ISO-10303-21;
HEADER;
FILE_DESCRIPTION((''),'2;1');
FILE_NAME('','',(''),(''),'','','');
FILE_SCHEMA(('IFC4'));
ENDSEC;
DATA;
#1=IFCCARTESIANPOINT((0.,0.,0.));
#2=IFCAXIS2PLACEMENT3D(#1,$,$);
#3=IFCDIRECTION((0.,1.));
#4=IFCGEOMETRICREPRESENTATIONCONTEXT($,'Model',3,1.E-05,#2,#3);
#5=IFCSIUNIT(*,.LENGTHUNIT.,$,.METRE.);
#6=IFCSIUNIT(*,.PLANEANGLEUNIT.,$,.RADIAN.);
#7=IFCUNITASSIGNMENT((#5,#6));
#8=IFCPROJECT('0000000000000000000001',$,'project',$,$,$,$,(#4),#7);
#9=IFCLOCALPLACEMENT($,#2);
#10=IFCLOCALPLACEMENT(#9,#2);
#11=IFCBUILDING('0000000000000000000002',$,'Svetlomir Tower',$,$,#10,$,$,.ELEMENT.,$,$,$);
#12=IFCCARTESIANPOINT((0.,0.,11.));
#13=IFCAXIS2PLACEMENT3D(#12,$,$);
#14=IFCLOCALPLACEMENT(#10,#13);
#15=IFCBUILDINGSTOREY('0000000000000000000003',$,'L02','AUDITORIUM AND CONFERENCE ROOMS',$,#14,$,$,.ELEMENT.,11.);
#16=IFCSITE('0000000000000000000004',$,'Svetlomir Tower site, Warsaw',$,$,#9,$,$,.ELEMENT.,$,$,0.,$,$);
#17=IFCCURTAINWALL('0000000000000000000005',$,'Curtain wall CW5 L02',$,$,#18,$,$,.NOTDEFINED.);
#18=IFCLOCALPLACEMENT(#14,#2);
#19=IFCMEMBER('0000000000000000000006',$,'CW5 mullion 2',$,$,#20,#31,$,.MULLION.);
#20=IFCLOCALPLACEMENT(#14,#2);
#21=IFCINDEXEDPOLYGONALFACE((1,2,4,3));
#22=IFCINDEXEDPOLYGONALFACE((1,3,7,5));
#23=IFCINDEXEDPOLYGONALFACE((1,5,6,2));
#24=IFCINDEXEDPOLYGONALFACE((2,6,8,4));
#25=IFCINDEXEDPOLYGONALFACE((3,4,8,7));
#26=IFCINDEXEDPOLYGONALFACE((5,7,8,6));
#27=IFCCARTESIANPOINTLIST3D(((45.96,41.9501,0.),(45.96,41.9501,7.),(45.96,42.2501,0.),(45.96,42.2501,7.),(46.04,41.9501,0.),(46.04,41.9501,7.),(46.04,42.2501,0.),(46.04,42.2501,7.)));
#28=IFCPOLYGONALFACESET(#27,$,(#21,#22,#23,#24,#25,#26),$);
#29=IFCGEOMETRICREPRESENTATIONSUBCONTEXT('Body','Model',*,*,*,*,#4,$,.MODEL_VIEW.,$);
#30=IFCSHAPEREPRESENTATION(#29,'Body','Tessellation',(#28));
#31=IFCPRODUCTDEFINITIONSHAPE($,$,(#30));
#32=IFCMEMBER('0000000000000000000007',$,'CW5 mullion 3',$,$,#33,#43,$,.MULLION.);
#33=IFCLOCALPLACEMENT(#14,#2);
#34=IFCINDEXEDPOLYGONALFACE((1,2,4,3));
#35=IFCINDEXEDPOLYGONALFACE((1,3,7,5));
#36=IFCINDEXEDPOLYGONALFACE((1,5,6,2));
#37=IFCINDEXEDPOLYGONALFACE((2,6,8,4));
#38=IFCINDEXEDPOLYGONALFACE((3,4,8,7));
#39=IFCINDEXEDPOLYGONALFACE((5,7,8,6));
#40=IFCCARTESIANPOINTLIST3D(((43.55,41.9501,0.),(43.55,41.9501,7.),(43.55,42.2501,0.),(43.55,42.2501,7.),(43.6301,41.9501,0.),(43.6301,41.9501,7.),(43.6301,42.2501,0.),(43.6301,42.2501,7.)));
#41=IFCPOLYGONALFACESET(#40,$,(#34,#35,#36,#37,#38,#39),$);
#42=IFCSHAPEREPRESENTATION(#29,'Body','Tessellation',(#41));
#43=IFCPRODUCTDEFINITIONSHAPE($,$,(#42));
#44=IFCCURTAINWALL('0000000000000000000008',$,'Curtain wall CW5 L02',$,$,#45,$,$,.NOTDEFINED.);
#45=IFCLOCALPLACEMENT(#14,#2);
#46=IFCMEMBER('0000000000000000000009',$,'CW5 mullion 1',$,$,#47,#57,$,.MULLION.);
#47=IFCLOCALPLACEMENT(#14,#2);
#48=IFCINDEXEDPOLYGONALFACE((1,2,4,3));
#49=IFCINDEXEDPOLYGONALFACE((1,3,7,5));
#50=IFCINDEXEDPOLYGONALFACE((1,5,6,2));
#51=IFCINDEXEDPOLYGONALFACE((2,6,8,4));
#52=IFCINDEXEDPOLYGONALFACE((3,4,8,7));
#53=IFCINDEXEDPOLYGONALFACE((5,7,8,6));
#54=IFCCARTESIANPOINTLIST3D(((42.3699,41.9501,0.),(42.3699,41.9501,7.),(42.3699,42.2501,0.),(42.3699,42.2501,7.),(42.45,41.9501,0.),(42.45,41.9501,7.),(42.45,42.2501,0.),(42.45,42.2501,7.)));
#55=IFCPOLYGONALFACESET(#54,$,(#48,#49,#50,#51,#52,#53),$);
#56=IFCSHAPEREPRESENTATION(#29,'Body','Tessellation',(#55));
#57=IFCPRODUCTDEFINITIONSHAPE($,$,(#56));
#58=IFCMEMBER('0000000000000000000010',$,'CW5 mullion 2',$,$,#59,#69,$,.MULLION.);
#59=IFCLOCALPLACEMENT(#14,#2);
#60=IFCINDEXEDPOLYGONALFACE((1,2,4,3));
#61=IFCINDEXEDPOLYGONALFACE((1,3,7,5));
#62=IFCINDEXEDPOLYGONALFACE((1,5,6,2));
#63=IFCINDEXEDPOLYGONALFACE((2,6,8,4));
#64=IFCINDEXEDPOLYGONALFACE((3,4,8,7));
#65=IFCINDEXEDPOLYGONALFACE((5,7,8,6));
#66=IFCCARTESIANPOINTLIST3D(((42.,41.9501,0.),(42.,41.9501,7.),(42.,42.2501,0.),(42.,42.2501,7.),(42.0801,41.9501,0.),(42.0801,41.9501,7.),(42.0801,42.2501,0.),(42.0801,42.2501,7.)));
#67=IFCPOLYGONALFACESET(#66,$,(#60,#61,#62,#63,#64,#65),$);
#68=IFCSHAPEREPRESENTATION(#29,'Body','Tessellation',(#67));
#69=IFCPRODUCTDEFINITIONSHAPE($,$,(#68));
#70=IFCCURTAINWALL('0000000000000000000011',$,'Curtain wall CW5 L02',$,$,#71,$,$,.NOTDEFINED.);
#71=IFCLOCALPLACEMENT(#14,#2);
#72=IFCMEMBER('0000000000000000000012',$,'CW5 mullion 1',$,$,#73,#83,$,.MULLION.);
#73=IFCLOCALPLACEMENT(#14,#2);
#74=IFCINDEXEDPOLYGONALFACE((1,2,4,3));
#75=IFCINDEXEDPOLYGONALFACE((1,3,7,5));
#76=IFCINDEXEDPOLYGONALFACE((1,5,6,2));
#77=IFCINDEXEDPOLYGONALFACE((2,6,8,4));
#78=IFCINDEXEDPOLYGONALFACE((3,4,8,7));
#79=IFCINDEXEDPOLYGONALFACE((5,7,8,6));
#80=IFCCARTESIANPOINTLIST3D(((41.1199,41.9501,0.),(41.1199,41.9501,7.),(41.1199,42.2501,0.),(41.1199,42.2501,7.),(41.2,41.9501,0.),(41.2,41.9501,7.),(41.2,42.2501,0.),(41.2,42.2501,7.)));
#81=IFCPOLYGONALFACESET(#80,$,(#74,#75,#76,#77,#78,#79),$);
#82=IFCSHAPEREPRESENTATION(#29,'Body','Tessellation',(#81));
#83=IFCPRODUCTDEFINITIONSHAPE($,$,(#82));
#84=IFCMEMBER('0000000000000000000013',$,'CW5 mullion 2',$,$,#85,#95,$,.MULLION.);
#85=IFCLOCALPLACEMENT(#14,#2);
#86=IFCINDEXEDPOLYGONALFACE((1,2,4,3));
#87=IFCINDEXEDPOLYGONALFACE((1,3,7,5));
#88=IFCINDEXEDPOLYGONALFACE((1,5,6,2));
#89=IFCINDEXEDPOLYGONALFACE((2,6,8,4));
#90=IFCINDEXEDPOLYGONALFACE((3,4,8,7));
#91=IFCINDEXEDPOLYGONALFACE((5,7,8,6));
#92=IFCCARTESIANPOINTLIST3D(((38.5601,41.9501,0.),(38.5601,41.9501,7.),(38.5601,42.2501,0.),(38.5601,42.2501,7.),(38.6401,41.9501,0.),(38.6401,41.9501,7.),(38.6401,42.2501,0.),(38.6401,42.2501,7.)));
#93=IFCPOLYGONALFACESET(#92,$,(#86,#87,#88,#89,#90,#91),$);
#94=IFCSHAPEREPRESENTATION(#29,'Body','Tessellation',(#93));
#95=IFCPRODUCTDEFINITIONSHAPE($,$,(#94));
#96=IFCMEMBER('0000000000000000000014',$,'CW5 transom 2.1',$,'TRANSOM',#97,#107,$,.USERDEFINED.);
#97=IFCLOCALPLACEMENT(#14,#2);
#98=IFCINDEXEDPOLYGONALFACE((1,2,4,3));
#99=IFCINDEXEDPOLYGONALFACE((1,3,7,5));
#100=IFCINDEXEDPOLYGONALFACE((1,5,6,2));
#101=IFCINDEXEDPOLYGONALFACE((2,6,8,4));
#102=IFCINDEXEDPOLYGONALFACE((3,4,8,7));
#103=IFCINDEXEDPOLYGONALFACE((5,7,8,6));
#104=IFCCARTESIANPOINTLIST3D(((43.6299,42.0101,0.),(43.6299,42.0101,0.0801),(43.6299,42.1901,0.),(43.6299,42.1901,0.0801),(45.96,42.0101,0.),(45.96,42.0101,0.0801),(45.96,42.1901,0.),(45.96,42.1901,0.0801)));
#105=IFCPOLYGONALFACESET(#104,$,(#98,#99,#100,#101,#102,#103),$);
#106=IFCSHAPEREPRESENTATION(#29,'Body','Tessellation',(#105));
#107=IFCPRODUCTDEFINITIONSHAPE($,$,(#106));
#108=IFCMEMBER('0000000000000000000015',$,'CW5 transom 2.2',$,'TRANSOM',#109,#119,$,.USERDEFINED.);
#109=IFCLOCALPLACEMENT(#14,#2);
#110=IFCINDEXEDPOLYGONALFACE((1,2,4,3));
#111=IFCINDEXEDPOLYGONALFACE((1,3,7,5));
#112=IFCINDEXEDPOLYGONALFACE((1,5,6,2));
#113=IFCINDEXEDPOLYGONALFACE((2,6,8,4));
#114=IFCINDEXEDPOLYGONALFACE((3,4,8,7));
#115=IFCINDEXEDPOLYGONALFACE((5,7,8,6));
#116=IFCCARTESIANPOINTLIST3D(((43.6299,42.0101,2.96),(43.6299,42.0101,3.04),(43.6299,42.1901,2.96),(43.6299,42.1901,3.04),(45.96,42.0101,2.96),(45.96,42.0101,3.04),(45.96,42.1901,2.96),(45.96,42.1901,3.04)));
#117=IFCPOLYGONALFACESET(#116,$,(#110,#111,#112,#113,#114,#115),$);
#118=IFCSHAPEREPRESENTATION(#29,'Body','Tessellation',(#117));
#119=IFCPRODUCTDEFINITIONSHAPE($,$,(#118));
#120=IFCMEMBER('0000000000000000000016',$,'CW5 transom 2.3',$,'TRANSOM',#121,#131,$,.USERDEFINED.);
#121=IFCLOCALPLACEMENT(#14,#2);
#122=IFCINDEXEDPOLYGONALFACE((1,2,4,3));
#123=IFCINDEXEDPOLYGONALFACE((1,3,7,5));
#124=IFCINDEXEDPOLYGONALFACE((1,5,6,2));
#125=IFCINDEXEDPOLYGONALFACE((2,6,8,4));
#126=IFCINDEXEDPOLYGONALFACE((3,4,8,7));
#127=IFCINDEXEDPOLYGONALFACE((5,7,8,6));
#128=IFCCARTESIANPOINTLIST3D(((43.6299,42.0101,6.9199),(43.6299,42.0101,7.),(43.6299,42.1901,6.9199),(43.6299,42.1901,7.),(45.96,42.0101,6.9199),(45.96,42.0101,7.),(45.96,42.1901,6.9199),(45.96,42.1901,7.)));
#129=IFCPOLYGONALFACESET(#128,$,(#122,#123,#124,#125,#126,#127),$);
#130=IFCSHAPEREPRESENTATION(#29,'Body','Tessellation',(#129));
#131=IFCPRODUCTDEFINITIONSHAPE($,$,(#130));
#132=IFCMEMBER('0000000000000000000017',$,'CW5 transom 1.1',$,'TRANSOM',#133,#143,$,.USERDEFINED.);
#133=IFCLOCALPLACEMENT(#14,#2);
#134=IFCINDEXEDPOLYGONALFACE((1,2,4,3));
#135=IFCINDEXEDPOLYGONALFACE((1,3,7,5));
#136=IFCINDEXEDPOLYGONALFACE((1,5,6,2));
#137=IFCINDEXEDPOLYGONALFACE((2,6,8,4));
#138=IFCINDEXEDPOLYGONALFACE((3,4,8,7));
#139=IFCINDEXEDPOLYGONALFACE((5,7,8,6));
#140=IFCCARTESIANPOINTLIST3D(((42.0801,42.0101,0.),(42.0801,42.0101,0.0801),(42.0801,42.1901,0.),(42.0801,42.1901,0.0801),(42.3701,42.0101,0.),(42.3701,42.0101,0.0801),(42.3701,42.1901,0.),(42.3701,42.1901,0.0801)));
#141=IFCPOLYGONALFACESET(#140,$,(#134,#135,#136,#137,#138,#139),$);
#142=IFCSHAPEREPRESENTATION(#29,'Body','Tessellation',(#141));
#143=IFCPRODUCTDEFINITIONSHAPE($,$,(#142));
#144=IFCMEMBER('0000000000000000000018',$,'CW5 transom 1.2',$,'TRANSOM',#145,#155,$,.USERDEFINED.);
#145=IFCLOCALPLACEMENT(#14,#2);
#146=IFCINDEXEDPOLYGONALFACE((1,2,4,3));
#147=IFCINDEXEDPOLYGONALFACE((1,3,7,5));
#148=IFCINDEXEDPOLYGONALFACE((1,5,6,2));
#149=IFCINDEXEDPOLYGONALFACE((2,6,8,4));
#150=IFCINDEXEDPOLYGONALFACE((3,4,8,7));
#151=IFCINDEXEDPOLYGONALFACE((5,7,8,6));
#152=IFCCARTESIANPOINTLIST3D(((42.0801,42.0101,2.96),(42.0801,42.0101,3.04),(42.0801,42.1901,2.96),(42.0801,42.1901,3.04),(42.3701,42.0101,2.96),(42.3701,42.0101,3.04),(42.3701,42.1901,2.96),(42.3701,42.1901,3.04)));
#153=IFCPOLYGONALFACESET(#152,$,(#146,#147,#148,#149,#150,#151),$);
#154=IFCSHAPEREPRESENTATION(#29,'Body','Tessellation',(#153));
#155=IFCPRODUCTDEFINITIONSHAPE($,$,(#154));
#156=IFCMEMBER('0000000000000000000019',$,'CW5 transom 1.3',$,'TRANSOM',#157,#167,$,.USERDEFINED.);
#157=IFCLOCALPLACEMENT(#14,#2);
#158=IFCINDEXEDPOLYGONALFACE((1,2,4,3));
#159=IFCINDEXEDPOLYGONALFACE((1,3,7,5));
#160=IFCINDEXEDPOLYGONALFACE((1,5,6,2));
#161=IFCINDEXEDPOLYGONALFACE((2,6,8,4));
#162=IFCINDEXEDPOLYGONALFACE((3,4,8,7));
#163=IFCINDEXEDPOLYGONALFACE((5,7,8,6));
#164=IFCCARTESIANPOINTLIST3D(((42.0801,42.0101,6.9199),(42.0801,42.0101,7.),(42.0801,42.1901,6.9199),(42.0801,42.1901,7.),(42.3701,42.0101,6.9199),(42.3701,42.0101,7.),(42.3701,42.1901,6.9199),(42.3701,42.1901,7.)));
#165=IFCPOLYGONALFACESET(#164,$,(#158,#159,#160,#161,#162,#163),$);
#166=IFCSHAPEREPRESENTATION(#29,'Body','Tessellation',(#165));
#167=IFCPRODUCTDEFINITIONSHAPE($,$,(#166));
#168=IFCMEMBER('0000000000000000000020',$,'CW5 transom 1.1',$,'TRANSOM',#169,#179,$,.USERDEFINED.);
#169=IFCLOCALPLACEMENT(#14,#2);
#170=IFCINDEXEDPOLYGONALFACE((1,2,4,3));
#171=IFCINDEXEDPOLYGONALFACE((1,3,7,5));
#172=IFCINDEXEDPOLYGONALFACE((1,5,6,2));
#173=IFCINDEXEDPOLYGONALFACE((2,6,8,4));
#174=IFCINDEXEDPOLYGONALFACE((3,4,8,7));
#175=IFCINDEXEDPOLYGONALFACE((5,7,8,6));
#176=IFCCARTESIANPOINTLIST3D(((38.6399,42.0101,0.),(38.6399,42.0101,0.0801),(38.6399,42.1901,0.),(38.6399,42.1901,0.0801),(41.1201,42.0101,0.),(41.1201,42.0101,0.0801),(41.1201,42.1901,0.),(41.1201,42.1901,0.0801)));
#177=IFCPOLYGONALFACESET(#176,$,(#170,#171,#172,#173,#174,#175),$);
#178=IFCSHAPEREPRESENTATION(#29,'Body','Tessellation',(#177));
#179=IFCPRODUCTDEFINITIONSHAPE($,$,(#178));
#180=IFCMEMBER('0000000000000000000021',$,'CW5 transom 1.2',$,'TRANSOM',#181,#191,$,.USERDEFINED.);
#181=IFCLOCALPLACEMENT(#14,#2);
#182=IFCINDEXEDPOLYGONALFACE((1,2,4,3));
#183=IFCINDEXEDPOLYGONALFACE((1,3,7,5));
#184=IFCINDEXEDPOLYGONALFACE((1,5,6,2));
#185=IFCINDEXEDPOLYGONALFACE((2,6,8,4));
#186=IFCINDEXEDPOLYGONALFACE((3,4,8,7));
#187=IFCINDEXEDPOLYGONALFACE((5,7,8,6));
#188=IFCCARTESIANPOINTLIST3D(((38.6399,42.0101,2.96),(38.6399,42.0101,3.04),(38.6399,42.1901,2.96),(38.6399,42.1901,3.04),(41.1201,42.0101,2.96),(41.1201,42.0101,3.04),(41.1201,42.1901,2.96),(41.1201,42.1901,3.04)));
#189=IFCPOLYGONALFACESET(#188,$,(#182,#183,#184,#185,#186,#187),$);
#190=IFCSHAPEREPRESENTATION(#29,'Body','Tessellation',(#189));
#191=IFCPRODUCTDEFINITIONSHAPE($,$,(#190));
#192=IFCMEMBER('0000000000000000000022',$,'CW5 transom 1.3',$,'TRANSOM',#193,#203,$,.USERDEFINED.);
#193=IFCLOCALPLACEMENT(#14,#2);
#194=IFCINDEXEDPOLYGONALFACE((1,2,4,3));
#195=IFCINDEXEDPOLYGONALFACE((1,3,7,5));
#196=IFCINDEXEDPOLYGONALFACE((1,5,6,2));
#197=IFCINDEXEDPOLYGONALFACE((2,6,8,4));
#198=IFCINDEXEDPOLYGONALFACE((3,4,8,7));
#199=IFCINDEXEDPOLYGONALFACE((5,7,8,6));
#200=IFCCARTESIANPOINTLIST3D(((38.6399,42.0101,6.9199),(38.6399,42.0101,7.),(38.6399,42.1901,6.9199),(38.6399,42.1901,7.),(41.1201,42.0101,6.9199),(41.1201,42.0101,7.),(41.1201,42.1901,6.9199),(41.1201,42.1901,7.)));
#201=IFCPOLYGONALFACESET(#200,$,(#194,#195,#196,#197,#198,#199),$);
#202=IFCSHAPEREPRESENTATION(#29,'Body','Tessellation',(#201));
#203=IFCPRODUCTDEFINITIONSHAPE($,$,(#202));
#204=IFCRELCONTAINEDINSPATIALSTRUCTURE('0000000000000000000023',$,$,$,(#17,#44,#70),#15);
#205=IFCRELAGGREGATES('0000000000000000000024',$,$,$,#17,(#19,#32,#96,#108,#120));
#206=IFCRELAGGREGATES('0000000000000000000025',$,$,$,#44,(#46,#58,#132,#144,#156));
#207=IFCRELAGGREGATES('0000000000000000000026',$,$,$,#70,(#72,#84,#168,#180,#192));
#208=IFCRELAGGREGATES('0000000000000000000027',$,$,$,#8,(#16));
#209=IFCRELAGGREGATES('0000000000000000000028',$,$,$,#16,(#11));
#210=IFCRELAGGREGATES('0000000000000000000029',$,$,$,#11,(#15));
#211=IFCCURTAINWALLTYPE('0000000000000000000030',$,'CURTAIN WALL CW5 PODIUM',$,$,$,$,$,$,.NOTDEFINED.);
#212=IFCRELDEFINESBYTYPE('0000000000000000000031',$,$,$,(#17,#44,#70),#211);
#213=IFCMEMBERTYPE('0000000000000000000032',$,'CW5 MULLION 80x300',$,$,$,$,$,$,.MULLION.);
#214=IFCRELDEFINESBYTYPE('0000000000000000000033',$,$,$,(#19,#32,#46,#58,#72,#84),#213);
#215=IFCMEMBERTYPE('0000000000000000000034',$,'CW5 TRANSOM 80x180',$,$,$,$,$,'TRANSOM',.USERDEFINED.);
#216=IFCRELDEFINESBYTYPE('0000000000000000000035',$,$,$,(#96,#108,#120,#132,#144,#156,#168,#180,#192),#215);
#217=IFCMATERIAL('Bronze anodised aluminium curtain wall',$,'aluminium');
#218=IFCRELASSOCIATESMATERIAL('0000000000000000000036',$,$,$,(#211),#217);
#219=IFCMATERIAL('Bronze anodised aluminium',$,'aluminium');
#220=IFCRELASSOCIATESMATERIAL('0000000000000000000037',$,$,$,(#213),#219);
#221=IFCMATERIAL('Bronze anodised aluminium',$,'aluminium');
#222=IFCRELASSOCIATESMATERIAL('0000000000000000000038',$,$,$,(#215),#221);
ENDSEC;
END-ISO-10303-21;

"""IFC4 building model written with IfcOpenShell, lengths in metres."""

from ifc_helpers import new_model, si_unit, direction, frame, origin, origin_2d, place, context, subcontext, project, spatial, rectangle, extrude, material, material_profile, profile_set, type_object, element, aggregate, save


model = new_model("IFC4")

# Units and contexts
model_context = context("Model", 3, precision=1e-05, world=origin(), true_north=direction((0.0, 1.0)))
body_context = subcontext(model_context, "Body", "Model", "MODEL_VIEW")
ifc_project = project(units=[si_unit("LENGTHUNIT", "METRE"), si_unit("PLANEANGLEUNIT", "RADIAN")], contexts=[model_context])

# Site, building, storey
site_placement = place(None, origin())
site = spatial("IfcSite", under=ifc_project, at=site_placement, Name="Svetlomir Tower site, Warsaw", CompositionType="ELEMENT", RefElevation=0.0)
building_placement = place(site_placement, origin())
building = spatial("IfcBuilding", under=site, at=building_placement, Name="Svetlomir Tower", CompositionType="ELEMENT")
storey_placement = place(building_placement, frame((0.0, 0.0, 11.0)))
storey = spatial("IfcBuildingStorey", under=building, at=storey_placement, Name="L02", Description="AUDITORIUM AND CONFERENCE ROOMS", CompositionType="ELEMENT", Elevation=11.0)

# Curtain walls, members
ifc_material_1 = material(Name="Bronze anodised aluminium curtain wall", Category="aluminium")
curtain_wall_type = type_object("IfcCurtainWallType", Name="CURTAIN WALL CW5 PODIUM", PredefinedType="NOTDEFINED", material=ifc_material_1)
curtain_wall_1_placement = place(storey_placement, origin())
curtain_wall_1 = element("IfcCurtainWall", 1, at=curtain_wall_1_placement, inside=storey, type_object=curtain_wall_type, Name="Curtain wall CW5 L02", PredefinedType="NOTDEFINED")
ifc_material_2 = material(Name="Bronze anodised aluminium", Category="aluminium")
ifc_material_profile_1 = material_profile(ifc_material_2, rectangle(XDim=0.0801, YDim=0.3, at=origin_2d()), Name="AL 80x300")
ifc_profile_set_1 = profile_set([ifc_material_profile_1], Name="Bronze anodised aluminium 6063-T6")
member_type_1 = type_object("IfcMemberType", Name="CW5 MULLION 80x300", PredefinedType="MULLION", material=ifc_profile_set_1)
member_1_placement = place(storey_placement, frame((46.0, 42.1001, 0.0), z_axis=(0.0, 0.0, 1.0), x_axis=(-1.0, 0.0, 0.0)))
member_1 = element("IfcMember", 2, at=member_1_placement, type_object=member_type_1, Name="CW5 mullion 2", PredefinedType="MULLION", context=body_context, shape_type="SweptSolid", body=[
    extrude(rectangle(XDim=0.0801, YDim=0.3, at=origin_2d()), origin(), (0.0, 0.0, 1.0), 7.0),
])
member_2_placement = place(storey_placement, frame((43.5901, 42.1001, 0.0), z_axis=(0.0, 0.0, 1.0), x_axis=(-1.0, 0.0, 0.0)))
member_2 = element("IfcMember", 3, at=member_2_placement, type_object=member_type_1, Name="CW5 mullion 3", PredefinedType="MULLION", context=body_context, shape_type="SweptSolid", body=[
    extrude(rectangle(XDim=0.0801, YDim=0.3, at=origin_2d()), origin(), (0.0, 0.0, 1.0), 7.0),
])
curtain_wall_2_placement = place(storey_placement, origin())
curtain_wall_2 = element("IfcCurtainWall", 4, at=curtain_wall_2_placement, inside=storey, type_object=curtain_wall_type, Name="Curtain wall CW5 L02", PredefinedType="NOTDEFINED")
member_3_placement = place(storey_placement, frame((42.4099, 42.1001, 0.0), z_axis=(0.0, 0.0, 1.0), x_axis=(-1.0, 0.0, 0.0)))
member_3 = element("IfcMember", 5, at=member_3_placement, type_object=member_type_1, Name="CW5 mullion 1", PredefinedType="MULLION", context=body_context, shape_type="SweptSolid", body=[
    extrude(rectangle(XDim=0.0801, YDim=0.3, at=origin_2d()), origin(), (0.0, 0.0, 1.0), 7.0),
])
member_4_placement = place(storey_placement, frame((42.04, 42.1001, 0.0), z_axis=(0.0, 0.0, 1.0), x_axis=(-1.0, 0.0, 0.0)))
member_4 = element("IfcMember", 6, at=member_4_placement, type_object=member_type_1, Name="CW5 mullion 2", PredefinedType="MULLION", context=body_context, shape_type="SweptSolid", body=[
    extrude(rectangle(XDim=0.0801, YDim=0.3, at=origin_2d()), origin(), (0.0, 0.0, 1.0), 7.0),
])
curtain_wall_3_placement = place(storey_placement, origin())
curtain_wall_3 = element("IfcCurtainWall", 7, at=curtain_wall_3_placement, inside=storey, type_object=curtain_wall_type, Name="Curtain wall CW5 L02", PredefinedType="NOTDEFINED")
member_5_placement = place(storey_placement, frame((41.1599, 42.1001, 0.0), z_axis=(0.0, 0.0, 1.0), x_axis=(-1.0, 0.0, 0.0)))
member_5 = element("IfcMember", 8, at=member_5_placement, type_object=member_type_1, Name="CW5 mullion 1", PredefinedType="MULLION", context=body_context, shape_type="SweptSolid", body=[
    extrude(rectangle(XDim=0.0801, YDim=0.3, at=origin_2d()), origin(), (0.0, 0.0, 1.0), 7.0),
])
member_6_placement = place(storey_placement, frame((38.6001, 42.1001, 0.0), z_axis=(0.0, 0.0, 1.0), x_axis=(-1.0, 0.0, 0.0)))
member_6 = element("IfcMember", 9, at=member_6_placement, type_object=member_type_1, Name="CW5 mullion 2", PredefinedType="MULLION", context=body_context, shape_type="SweptSolid", body=[
    extrude(rectangle(XDim=0.0801, YDim=0.3, at=origin_2d()), origin(), (0.0, 0.0, 1.0), 7.0),
])

# Members
ifc_material_3 = material(Name="Bronze anodised aluminium", Category="aluminium")
ifc_material_profile_2 = material_profile(ifc_material_3, rectangle(XDim=0.1799, YDim=0.0801, at=origin_2d()), Name="AL 180x80")
ifc_profile_set_2 = profile_set([ifc_material_profile_2], Name="Bronze anodised aluminium 6063-T6")
member_type_2 = type_object("IfcMemberType", Name="CW5 TRANSOM 80x180", ElementType="TRANSOM", PredefinedType="USERDEFINED", material=ifc_profile_set_2)
member_7_placement = place(storey_placement, frame((45.96, 42.1001, 0.04), z_axis=(-1.0, 0.0, 0.0), x_axis=(0.0, -1.0, 0.0)))
member_7 = element("IfcMember", 10, at=member_7_placement, type_object=member_type_2, Name="CW5 transom 2.1", ObjectType="TRANSOM", PredefinedType="USERDEFINED", context=body_context, shape_type="SweptSolid", body=[
    extrude(rectangle(XDim=0.1799, YDim=0.0801, at=origin_2d()), origin(), (0.0, 0.0, 1.0), 2.3301),
])
member_8_placement = place(storey_placement, frame((45.96, 42.1001, 3.0), z_axis=(-1.0, 0.0, 0.0), x_axis=(0.0, -1.0, 0.0)))
member_8 = element("IfcMember", 11, at=member_8_placement, type_object=member_type_2, Name="CW5 transom 2.2", ObjectType="TRANSOM", PredefinedType="USERDEFINED", context=body_context, shape_type="SweptSolid", body=[
    extrude(rectangle(XDim=0.1799, YDim=0.0801, at=origin_2d()), origin(), (0.0, 0.0, 1.0), 2.3301),
])
member_9_placement = place(storey_placement, frame((45.96, 42.1001, 6.96), z_axis=(-1.0, 0.0, 0.0), x_axis=(0.0, -1.0, 0.0)))
member_9 = element("IfcMember", 12, at=member_9_placement, type_object=member_type_2, Name="CW5 transom 2.3", ObjectType="TRANSOM", PredefinedType="USERDEFINED", context=body_context, shape_type="SweptSolid", body=[
    extrude(rectangle(XDim=0.1799, YDim=0.0801, at=origin_2d()), origin(), (0.0, 0.0, 1.0), 2.3301),
])
member_10_placement = place(storey_placement, frame((42.3701, 42.1001, 0.04), z_axis=(-1.0, 0.0, 0.0), x_axis=(0.0, -1.0, 0.0)))
member_10 = element("IfcMember", 13, at=member_10_placement, type_object=member_type_2, Name="CW5 transom 1.1", ObjectType="TRANSOM", PredefinedType="USERDEFINED", context=body_context, shape_type="SweptSolid", body=[
    extrude(rectangle(XDim=0.1799, YDim=0.0801, at=origin_2d()), origin(), (0.0, 0.0, 1.0), 0.29),
])
member_11_placement = place(storey_placement, frame((42.3701, 42.1001, 3.0), z_axis=(-1.0, 0.0, 0.0), x_axis=(0.0, -1.0, 0.0)))
member_11 = element("IfcMember", 14, at=member_11_placement, type_object=member_type_2, Name="CW5 transom 1.2", ObjectType="TRANSOM", PredefinedType="USERDEFINED", context=body_context, shape_type="SweptSolid", body=[
    extrude(rectangle(XDim=0.1799, YDim=0.0801, at=origin_2d()), origin(), (0.0, 0.0, 1.0), 0.29),
])
member_12_placement = place(storey_placement, frame((42.3701, 42.1001, 6.96), z_axis=(-1.0, 0.0, 0.0), x_axis=(0.0, -1.0, 0.0)))
member_12 = element("IfcMember", 15, at=member_12_placement, type_object=member_type_2, Name="CW5 transom 1.3", ObjectType="TRANSOM", PredefinedType="USERDEFINED", context=body_context, shape_type="SweptSolid", body=[
    extrude(rectangle(XDim=0.1799, YDim=0.0801, at=origin_2d()), origin(), (0.0, 0.0, 1.0), 0.29),
])
member_13_placement = place(storey_placement, frame((41.1201, 42.1001, 0.04), z_axis=(-1.0, 0.0, 0.0), x_axis=(0.0, -1.0, 0.0)))
member_13 = element("IfcMember", 16, at=member_13_placement, type_object=member_type_2, Name="CW5 transom 1.1", ObjectType="TRANSOM", PredefinedType="USERDEFINED", context=body_context, shape_type="SweptSolid", body=[
    extrude(rectangle(XDim=0.1799, YDim=0.0801, at=origin_2d()), origin(), (0.0, 0.0, 1.0), 2.4802),
])
member_14_placement = place(storey_placement, frame((41.1201, 42.1001, 3.0), z_axis=(-1.0, 0.0, 0.0), x_axis=(0.0, -1.0, 0.0)))
member_14 = element("IfcMember", 17, at=member_14_placement, type_object=member_type_2, Name="CW5 transom 1.2", ObjectType="TRANSOM", PredefinedType="USERDEFINED", context=body_context, shape_type="SweptSolid", body=[
    extrude(rectangle(XDim=0.1799, YDim=0.0801, at=origin_2d()), origin(), (0.0, 0.0, 1.0), 2.4802),
])
member_15_placement = place(storey_placement, frame((41.1201, 42.1001, 6.96), z_axis=(-1.0, 0.0, 0.0), x_axis=(0.0, -1.0, 0.0)))
member_15 = element("IfcMember", 18, at=member_15_placement, type_object=member_type_2, Name="CW5 transom 1.3", ObjectType="TRANSOM", PredefinedType="USERDEFINED", context=body_context, shape_type="SweptSolid", body=[
    extrude(rectangle(XDim=0.1799, YDim=0.0801, at=origin_2d()), origin(), (0.0, 0.0, 1.0), 2.4802),
])

aggregate(curtain_wall_1, [member_1, member_2, member_7, member_8, member_9])
aggregate(curtain_wall_2, [member_3, member_4, member_10, member_11, member_12])
aggregate(curtain_wall_3, [member_5, member_6, member_13, member_14, member_15])

save(model, "model.ifc")
